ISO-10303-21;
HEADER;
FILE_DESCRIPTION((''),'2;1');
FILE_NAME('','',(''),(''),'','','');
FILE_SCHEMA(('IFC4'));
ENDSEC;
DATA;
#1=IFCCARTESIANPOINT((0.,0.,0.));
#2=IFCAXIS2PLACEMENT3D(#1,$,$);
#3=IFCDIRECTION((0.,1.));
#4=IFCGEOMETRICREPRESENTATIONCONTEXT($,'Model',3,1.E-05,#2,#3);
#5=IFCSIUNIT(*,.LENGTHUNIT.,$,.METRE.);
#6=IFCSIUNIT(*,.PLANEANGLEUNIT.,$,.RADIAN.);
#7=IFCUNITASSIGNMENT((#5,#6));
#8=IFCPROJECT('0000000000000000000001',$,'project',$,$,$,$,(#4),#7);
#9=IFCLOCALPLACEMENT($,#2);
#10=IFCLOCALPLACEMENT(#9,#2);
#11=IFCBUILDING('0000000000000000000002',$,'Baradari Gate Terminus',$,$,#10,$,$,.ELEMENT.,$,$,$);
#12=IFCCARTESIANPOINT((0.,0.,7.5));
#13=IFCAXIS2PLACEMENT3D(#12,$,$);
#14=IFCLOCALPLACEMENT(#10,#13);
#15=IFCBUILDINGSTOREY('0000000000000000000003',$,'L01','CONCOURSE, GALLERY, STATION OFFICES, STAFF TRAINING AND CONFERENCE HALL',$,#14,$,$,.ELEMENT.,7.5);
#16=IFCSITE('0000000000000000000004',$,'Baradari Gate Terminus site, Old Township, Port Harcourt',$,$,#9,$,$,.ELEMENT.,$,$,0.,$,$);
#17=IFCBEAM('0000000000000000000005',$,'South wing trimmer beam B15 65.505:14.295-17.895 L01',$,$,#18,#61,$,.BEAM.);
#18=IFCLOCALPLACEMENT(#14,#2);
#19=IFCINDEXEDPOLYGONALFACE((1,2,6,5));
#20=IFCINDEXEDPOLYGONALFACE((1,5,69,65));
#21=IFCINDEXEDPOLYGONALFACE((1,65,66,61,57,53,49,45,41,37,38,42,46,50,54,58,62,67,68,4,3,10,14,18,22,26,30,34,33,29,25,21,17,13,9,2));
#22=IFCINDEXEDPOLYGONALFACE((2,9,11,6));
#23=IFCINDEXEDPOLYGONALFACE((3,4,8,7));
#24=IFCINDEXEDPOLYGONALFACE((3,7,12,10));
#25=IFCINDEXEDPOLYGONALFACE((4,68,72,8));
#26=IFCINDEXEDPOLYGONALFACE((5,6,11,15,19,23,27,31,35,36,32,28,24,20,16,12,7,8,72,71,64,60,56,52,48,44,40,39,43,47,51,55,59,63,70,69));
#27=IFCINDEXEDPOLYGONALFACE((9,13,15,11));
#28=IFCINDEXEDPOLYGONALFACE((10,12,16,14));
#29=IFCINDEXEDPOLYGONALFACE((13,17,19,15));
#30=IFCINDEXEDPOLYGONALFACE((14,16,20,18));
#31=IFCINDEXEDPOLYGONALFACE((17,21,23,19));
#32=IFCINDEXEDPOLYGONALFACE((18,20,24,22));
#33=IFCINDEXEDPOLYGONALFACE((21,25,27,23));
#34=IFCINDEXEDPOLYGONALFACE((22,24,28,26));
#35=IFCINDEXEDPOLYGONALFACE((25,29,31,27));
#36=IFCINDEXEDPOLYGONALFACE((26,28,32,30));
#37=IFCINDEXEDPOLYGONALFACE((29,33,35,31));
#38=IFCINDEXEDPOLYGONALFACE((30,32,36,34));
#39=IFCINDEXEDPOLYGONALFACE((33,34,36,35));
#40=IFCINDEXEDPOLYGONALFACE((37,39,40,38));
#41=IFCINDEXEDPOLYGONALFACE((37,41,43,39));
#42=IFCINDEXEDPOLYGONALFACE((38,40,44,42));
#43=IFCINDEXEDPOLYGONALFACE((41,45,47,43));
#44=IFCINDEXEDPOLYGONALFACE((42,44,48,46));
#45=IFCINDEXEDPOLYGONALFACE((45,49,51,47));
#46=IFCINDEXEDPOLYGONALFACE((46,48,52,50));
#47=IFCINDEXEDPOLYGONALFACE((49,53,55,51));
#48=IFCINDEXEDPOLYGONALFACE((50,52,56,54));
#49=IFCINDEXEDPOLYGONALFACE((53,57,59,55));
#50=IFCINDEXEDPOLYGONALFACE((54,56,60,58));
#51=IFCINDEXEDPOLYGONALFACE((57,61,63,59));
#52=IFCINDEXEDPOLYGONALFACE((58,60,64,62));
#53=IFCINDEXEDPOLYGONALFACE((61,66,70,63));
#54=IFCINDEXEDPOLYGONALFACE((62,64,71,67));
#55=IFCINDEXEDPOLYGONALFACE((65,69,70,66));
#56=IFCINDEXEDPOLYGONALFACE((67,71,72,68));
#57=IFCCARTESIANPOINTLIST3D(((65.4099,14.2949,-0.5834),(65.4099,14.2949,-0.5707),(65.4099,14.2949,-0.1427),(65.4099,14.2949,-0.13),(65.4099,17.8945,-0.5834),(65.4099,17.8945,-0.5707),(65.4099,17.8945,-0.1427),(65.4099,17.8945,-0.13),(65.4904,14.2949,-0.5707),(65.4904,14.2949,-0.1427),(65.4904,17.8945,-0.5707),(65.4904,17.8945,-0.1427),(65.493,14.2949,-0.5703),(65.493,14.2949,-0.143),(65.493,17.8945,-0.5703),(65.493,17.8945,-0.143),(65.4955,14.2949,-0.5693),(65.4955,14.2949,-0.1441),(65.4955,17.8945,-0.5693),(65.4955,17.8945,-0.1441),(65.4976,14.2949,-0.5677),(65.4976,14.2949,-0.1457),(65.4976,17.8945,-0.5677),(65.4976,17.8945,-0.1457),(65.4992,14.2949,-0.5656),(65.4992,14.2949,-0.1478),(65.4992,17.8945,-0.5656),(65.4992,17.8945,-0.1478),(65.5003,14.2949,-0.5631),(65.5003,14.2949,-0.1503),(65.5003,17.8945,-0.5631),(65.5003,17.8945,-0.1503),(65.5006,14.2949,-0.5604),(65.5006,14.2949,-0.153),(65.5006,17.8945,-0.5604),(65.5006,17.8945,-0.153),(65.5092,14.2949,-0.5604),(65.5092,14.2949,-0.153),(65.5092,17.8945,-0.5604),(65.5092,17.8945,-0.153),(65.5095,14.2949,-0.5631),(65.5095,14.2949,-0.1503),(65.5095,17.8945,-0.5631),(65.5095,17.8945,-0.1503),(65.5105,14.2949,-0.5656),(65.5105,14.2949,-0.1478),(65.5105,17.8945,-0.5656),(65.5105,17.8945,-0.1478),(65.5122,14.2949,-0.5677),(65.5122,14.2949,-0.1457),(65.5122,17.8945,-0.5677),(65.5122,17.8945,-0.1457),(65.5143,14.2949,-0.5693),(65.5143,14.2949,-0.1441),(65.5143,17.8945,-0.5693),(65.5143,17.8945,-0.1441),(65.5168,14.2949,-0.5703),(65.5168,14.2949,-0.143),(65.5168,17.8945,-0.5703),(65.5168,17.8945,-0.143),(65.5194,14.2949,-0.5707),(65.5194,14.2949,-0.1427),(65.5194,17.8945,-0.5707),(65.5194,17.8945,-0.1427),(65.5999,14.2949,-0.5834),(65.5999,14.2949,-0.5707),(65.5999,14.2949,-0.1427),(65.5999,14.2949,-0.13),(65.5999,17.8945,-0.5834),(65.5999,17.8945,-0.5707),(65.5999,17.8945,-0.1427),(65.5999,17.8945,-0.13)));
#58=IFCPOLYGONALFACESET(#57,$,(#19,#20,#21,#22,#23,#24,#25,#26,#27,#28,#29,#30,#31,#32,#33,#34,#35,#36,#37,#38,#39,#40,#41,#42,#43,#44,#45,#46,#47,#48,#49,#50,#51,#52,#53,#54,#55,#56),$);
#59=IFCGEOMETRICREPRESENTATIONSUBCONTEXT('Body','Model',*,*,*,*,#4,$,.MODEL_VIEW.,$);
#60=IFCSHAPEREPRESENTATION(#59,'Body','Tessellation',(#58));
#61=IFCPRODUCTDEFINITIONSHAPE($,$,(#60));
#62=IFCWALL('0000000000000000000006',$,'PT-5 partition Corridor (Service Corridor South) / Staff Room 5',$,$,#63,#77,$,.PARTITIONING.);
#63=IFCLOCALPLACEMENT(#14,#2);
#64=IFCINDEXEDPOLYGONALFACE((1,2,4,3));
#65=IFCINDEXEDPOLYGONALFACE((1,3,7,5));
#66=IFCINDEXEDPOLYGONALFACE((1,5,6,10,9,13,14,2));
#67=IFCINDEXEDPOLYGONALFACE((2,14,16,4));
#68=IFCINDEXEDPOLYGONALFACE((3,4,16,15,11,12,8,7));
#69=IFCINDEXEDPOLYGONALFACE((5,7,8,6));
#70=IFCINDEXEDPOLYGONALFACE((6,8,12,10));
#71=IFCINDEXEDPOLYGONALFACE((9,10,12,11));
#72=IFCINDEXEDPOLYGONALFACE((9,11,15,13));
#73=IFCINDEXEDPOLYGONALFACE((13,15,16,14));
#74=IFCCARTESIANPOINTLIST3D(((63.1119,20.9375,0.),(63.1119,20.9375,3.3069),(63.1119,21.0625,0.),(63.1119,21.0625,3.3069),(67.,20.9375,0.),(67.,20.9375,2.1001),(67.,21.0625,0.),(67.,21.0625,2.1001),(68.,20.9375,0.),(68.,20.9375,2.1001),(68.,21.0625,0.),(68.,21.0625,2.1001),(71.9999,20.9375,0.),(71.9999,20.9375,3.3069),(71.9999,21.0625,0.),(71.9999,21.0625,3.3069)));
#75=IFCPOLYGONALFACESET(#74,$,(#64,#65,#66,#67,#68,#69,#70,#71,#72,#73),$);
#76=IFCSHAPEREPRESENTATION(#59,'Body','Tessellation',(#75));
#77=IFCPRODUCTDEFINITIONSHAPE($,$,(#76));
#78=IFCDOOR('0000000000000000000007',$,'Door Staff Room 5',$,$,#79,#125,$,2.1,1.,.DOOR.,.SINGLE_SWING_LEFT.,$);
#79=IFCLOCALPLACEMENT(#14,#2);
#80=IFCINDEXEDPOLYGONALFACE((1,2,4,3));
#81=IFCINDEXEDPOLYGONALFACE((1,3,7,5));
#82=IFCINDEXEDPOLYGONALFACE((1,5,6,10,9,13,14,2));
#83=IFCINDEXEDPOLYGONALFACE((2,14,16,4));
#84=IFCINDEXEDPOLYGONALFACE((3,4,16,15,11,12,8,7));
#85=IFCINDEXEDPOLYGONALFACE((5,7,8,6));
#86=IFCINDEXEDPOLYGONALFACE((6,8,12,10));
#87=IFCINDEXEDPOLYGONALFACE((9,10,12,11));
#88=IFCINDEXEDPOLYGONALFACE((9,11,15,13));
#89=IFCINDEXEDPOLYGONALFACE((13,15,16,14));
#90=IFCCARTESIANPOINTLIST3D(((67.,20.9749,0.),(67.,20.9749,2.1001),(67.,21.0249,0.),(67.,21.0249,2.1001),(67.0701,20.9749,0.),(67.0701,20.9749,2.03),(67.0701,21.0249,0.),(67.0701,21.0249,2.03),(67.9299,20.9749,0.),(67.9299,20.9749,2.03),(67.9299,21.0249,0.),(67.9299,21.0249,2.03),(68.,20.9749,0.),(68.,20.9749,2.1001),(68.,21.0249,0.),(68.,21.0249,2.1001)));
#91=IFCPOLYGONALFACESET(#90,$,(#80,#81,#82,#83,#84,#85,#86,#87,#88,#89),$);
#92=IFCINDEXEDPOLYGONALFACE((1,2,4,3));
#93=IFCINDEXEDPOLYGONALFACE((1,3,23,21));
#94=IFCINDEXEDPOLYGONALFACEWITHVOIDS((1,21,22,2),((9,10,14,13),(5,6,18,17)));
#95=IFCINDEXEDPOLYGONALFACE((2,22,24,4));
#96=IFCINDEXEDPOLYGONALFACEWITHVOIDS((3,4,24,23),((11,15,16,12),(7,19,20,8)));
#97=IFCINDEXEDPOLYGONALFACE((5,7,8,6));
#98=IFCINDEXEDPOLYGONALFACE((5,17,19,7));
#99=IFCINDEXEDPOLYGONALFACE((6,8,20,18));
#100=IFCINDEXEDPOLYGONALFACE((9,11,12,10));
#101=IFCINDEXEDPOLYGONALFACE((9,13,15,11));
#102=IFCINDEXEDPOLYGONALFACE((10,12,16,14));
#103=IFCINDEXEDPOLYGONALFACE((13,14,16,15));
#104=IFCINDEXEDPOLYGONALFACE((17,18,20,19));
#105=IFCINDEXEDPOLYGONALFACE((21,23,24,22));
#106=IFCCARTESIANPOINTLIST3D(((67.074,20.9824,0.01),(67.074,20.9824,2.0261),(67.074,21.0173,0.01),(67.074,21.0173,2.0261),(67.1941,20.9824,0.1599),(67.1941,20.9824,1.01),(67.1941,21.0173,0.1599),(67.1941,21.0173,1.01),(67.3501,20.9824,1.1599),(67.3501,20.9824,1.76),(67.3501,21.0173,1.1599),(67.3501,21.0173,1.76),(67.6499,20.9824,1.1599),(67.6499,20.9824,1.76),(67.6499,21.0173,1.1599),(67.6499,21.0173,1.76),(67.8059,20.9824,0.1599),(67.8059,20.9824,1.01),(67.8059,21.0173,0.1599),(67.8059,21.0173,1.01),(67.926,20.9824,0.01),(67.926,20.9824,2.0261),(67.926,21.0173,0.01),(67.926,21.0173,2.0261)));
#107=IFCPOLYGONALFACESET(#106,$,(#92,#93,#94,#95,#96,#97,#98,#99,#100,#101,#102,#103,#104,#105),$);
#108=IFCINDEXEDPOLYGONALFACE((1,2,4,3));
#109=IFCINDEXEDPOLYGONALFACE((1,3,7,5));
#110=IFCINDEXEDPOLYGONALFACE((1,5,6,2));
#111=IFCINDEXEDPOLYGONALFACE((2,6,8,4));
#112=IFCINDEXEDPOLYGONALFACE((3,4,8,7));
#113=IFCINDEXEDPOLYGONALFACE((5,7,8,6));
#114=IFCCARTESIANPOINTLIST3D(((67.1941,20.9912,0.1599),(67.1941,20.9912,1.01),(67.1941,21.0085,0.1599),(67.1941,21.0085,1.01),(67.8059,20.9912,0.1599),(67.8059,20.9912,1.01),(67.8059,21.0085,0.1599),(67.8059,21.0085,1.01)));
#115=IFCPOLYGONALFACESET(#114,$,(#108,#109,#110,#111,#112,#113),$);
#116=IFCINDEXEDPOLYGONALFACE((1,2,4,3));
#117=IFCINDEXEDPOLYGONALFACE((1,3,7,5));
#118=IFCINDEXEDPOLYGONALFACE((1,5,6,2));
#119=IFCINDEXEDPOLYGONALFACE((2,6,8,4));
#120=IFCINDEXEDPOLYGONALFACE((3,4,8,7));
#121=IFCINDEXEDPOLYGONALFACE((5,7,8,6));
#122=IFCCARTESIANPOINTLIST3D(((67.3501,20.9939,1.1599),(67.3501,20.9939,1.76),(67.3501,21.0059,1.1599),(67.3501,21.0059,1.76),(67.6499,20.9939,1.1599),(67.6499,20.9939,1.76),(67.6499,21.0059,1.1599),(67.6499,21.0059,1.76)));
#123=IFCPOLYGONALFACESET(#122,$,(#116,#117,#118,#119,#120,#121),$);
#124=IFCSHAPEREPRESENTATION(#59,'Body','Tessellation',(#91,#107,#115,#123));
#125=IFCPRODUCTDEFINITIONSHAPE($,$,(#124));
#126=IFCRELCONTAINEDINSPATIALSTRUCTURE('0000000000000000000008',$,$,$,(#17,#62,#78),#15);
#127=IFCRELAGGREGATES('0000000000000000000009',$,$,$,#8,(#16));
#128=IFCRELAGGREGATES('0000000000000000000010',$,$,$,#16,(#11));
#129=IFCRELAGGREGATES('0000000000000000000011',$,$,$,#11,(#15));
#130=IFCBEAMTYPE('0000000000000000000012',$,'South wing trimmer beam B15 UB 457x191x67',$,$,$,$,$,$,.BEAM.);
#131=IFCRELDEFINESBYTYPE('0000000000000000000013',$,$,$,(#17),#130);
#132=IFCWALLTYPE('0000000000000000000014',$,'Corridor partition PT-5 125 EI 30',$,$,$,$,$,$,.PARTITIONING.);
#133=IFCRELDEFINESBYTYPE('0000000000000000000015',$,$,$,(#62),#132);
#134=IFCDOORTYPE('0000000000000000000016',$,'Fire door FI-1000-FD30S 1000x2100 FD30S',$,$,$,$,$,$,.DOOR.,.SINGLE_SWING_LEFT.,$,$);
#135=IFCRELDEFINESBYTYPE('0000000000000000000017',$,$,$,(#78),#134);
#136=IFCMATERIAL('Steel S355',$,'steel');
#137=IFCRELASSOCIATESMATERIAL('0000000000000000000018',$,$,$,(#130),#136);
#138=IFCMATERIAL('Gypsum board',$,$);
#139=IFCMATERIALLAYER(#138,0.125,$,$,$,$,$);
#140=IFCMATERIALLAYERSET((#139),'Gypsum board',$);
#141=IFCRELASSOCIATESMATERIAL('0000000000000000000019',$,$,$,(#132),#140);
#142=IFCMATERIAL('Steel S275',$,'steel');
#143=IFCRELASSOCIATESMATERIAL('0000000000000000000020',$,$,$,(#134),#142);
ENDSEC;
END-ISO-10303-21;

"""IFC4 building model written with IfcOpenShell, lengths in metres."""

from ifc_helpers import new_model, si_unit, direction, frame, frame_2d, origin, origin_2d, place, context, subcontext, project, spatial, polyline, rectangle, i_section, outline, extrude, material, layer, layer_set, material_profile, profile_set, type_object, element, fill, save


model = new_model("IFC4")

# Units and contexts
model_context = context("Model", 3, precision=1e-05, world=origin(), true_north=direction((0.0, 1.0)))
body_context = subcontext(model_context, "Body", "Model", "MODEL_VIEW")
ifc_project = project(units=[si_unit("LENGTHUNIT", "METRE"), si_unit("PLANEANGLEUNIT", "RADIAN")], contexts=[model_context])

# Site, building, storey
site_placement = place(None, origin())
site = spatial("IfcSite", under=ifc_project, at=site_placement, Name="Baradari Gate Terminus site, Old Township, Port Harcourt", CompositionType="ELEMENT", RefElevation=0.0)
building_placement = place(site_placement, origin())
building = spatial("IfcBuilding", under=site, at=building_placement, Name="Baradari Gate Terminus", CompositionType="ELEMENT")
storey_placement = place(building_placement, frame((0.0, 0.0, 7.5)))
storey = spatial("IfcBuildingStorey", under=building, at=storey_placement, Name="L01", Description="CONCOURSE, GALLERY, STATION OFFICES, STAFF TRAINING AND CONFERENCE HALL", CompositionType="ELEMENT", Elevation=7.5)

# Beam
ifc_material_1 = material(Name="Steel S355", Category="steel")
ifc_material_profile_1 = material_profile(ifc_material_1, i_section(OverallWidth=0.1899, OverallDepth=0.4534, WebThickness=0.0085, FlangeThickness=0.0127, FilletRadius=0.0103, at=origin_2d()), Name="UB 457x191x67")
ifc_profile_set_1 = profile_set([ifc_material_profile_1], Name="Steel S355")
beam_type_1 = type_object("IfcBeamType", Name="South wing trimmer beam B15 UB 457x191x67", PredefinedType="BEAM", material=ifc_profile_set_1)
beam_1_placement = place(storey_placement, frame((65.5049, 14.2949, -0.3567), z_axis=(0.0, 1.0, 0.0), x_axis=(-1.0, 0.0, 0.0)))
element("IfcBeam", 1, at=beam_1_placement, inside=storey, type_object=beam_type_1, Name="South wing trimmer beam B15 65.505:14.295-17.895 L01", PredefinedType="BEAM", context=body_context, shape_type="SweptSolid", body=[
    extrude(i_section(OverallWidth=0.1899, OverallDepth=0.4534, WebThickness=0.0085, FlangeThickness=0.0127, FilletRadius=0.0103, at=origin_2d()), origin(), (0.0, 0.0, 1.0), 3.5996),
])

# Wall, opening, door
ifc_material_2 = material(Name="Gypsum board")
ifc_layer_1 = layer(ifc_material_2, 0.125)
ifc_layer_set_1 = layer_set([ifc_layer_1], Name="Gypsum board")
wall_type_1 = type_object("IfcWallType", Name="Corridor partition PT-5 125 EI 30", PredefinedType="PARTITIONING", material=ifc_layer_set_1)
wall_1_placement = place(storey_placement, frame((63.1121, 21.0, 0.0), z_axis=(0.0, 0.0, 1.0), x_axis=(1.0, 0.0, 0.0)))
wall_1 = element("IfcWall", 2, at=wall_1_placement, inside=storey, type_object=wall_type_1, Name="PT-5 partition Corridor (Service Corridor South) / Staff Room 5", PredefinedType="PARTITIONING", context=body_context, shape_type="SweptSolid", body=[
    extrude(rectangle(XDim=8.8879, YDim=0.125, at=frame_2d((4.4438, 0.0))), origin(), (0.0, 0.0, 1.0), 3.3069),
])
opening_1_placement = place(wall_1_placement, frame((3.8879, 0.0, 0.0)))
opening_1 = element("IfcOpeningElement", 3, at=opening_1_placement, cuts=wall_1, PredefinedType="OPENING", context=body_context, shape_type="SweptSolid", body=[
    extrude(rectangle(XDim=1.0, YDim=2.1001, at=frame_2d((0.5, 1.05))), frame((0.0, 0.0725, 0.0), z_axis=(0.0, -1.0, 0.0), x_axis=(1.0, 0.0, 0.0)), (0.0, 0.0, 1.0), 0.145),
])
ifc_material_3 = material(Name="Steel S275", Category="steel")
door_type_1 = type_object("IfcDoorType", Name="Fire door FI-1000-FD30S 1000x2100 FD30S", OperationType="SINGLE_SWING_LEFT", PredefinedType="DOOR", material=ifc_material_3)
door_1_placement = place(opening_1_placement, origin())
door_1 = element("IfcDoor", 4, at=door_1_placement, inside=storey, type_object=door_type_1, Name="Door Staff Room 5", OperationType="SINGLE_SWING_LEFT", OverallHeight=2.1, OverallWidth=1.0, PredefinedType="DOOR", context=body_context, shape_type="SweptSolid", body=[
    extrude(outline(polyline([(0.0, 0.0), (0.0701, 0.0), (0.0701, 2.03), (0.9299, 2.03), (0.9299, 0.0), (1.0, 0.0), (1.0, 2.1001), (0.0, 2.1001), (0.0, 0.0)])), frame((0.0, 0.0249, 0.0), z_axis=(0.0, -1.0, 0.0), x_axis=(1.0, 0.0, 0.0)), (0.0, 0.0, 1.0), 0.05),
    extrude(outline(polyline([(0.074, 0.01), (0.926, 0.01), (0.926, 2.0261), (0.074, 2.0261), (0.074, 0.01)]), holes=[polyline([(0.1941, 0.1599), (0.8059, 0.1599), (0.8059, 1.01), (0.1941, 1.01), (0.1941, 0.1599)]), polyline([(0.3501, 1.1599), (0.6499, 1.1599), (0.6499, 1.76), (0.3501, 1.76), (0.3501, 1.1599)])]), frame((0.0, 0.0173, 0.0), z_axis=(0.0, -1.0, 0.0), x_axis=(1.0, 0.0, 0.0)), (0.0, 0.0, 1.0), 0.0349),
    extrude(rectangle(XDim=0.6118, YDim=0.8501, at=frame_2d((0.5, 0.585))), frame((0.0, 0.0085, 0.0), z_axis=(0.0, -1.0, 0.0), x_axis=(1.0, 0.0, 0.0)), (0.0, 0.0, 1.0), 0.0173),
    extrude(rectangle(XDim=0.2998, YDim=0.6001, at=frame_2d((0.5, 1.46))), frame((0.0, 0.0059, 0.0), z_axis=(0.0, -1.0, 0.0), x_axis=(1.0, 0.0, 0.0)), (0.0, 0.0, 1.0), 0.012),
])
fill(opening_1, door_1)

save(model, "model.ifc")
